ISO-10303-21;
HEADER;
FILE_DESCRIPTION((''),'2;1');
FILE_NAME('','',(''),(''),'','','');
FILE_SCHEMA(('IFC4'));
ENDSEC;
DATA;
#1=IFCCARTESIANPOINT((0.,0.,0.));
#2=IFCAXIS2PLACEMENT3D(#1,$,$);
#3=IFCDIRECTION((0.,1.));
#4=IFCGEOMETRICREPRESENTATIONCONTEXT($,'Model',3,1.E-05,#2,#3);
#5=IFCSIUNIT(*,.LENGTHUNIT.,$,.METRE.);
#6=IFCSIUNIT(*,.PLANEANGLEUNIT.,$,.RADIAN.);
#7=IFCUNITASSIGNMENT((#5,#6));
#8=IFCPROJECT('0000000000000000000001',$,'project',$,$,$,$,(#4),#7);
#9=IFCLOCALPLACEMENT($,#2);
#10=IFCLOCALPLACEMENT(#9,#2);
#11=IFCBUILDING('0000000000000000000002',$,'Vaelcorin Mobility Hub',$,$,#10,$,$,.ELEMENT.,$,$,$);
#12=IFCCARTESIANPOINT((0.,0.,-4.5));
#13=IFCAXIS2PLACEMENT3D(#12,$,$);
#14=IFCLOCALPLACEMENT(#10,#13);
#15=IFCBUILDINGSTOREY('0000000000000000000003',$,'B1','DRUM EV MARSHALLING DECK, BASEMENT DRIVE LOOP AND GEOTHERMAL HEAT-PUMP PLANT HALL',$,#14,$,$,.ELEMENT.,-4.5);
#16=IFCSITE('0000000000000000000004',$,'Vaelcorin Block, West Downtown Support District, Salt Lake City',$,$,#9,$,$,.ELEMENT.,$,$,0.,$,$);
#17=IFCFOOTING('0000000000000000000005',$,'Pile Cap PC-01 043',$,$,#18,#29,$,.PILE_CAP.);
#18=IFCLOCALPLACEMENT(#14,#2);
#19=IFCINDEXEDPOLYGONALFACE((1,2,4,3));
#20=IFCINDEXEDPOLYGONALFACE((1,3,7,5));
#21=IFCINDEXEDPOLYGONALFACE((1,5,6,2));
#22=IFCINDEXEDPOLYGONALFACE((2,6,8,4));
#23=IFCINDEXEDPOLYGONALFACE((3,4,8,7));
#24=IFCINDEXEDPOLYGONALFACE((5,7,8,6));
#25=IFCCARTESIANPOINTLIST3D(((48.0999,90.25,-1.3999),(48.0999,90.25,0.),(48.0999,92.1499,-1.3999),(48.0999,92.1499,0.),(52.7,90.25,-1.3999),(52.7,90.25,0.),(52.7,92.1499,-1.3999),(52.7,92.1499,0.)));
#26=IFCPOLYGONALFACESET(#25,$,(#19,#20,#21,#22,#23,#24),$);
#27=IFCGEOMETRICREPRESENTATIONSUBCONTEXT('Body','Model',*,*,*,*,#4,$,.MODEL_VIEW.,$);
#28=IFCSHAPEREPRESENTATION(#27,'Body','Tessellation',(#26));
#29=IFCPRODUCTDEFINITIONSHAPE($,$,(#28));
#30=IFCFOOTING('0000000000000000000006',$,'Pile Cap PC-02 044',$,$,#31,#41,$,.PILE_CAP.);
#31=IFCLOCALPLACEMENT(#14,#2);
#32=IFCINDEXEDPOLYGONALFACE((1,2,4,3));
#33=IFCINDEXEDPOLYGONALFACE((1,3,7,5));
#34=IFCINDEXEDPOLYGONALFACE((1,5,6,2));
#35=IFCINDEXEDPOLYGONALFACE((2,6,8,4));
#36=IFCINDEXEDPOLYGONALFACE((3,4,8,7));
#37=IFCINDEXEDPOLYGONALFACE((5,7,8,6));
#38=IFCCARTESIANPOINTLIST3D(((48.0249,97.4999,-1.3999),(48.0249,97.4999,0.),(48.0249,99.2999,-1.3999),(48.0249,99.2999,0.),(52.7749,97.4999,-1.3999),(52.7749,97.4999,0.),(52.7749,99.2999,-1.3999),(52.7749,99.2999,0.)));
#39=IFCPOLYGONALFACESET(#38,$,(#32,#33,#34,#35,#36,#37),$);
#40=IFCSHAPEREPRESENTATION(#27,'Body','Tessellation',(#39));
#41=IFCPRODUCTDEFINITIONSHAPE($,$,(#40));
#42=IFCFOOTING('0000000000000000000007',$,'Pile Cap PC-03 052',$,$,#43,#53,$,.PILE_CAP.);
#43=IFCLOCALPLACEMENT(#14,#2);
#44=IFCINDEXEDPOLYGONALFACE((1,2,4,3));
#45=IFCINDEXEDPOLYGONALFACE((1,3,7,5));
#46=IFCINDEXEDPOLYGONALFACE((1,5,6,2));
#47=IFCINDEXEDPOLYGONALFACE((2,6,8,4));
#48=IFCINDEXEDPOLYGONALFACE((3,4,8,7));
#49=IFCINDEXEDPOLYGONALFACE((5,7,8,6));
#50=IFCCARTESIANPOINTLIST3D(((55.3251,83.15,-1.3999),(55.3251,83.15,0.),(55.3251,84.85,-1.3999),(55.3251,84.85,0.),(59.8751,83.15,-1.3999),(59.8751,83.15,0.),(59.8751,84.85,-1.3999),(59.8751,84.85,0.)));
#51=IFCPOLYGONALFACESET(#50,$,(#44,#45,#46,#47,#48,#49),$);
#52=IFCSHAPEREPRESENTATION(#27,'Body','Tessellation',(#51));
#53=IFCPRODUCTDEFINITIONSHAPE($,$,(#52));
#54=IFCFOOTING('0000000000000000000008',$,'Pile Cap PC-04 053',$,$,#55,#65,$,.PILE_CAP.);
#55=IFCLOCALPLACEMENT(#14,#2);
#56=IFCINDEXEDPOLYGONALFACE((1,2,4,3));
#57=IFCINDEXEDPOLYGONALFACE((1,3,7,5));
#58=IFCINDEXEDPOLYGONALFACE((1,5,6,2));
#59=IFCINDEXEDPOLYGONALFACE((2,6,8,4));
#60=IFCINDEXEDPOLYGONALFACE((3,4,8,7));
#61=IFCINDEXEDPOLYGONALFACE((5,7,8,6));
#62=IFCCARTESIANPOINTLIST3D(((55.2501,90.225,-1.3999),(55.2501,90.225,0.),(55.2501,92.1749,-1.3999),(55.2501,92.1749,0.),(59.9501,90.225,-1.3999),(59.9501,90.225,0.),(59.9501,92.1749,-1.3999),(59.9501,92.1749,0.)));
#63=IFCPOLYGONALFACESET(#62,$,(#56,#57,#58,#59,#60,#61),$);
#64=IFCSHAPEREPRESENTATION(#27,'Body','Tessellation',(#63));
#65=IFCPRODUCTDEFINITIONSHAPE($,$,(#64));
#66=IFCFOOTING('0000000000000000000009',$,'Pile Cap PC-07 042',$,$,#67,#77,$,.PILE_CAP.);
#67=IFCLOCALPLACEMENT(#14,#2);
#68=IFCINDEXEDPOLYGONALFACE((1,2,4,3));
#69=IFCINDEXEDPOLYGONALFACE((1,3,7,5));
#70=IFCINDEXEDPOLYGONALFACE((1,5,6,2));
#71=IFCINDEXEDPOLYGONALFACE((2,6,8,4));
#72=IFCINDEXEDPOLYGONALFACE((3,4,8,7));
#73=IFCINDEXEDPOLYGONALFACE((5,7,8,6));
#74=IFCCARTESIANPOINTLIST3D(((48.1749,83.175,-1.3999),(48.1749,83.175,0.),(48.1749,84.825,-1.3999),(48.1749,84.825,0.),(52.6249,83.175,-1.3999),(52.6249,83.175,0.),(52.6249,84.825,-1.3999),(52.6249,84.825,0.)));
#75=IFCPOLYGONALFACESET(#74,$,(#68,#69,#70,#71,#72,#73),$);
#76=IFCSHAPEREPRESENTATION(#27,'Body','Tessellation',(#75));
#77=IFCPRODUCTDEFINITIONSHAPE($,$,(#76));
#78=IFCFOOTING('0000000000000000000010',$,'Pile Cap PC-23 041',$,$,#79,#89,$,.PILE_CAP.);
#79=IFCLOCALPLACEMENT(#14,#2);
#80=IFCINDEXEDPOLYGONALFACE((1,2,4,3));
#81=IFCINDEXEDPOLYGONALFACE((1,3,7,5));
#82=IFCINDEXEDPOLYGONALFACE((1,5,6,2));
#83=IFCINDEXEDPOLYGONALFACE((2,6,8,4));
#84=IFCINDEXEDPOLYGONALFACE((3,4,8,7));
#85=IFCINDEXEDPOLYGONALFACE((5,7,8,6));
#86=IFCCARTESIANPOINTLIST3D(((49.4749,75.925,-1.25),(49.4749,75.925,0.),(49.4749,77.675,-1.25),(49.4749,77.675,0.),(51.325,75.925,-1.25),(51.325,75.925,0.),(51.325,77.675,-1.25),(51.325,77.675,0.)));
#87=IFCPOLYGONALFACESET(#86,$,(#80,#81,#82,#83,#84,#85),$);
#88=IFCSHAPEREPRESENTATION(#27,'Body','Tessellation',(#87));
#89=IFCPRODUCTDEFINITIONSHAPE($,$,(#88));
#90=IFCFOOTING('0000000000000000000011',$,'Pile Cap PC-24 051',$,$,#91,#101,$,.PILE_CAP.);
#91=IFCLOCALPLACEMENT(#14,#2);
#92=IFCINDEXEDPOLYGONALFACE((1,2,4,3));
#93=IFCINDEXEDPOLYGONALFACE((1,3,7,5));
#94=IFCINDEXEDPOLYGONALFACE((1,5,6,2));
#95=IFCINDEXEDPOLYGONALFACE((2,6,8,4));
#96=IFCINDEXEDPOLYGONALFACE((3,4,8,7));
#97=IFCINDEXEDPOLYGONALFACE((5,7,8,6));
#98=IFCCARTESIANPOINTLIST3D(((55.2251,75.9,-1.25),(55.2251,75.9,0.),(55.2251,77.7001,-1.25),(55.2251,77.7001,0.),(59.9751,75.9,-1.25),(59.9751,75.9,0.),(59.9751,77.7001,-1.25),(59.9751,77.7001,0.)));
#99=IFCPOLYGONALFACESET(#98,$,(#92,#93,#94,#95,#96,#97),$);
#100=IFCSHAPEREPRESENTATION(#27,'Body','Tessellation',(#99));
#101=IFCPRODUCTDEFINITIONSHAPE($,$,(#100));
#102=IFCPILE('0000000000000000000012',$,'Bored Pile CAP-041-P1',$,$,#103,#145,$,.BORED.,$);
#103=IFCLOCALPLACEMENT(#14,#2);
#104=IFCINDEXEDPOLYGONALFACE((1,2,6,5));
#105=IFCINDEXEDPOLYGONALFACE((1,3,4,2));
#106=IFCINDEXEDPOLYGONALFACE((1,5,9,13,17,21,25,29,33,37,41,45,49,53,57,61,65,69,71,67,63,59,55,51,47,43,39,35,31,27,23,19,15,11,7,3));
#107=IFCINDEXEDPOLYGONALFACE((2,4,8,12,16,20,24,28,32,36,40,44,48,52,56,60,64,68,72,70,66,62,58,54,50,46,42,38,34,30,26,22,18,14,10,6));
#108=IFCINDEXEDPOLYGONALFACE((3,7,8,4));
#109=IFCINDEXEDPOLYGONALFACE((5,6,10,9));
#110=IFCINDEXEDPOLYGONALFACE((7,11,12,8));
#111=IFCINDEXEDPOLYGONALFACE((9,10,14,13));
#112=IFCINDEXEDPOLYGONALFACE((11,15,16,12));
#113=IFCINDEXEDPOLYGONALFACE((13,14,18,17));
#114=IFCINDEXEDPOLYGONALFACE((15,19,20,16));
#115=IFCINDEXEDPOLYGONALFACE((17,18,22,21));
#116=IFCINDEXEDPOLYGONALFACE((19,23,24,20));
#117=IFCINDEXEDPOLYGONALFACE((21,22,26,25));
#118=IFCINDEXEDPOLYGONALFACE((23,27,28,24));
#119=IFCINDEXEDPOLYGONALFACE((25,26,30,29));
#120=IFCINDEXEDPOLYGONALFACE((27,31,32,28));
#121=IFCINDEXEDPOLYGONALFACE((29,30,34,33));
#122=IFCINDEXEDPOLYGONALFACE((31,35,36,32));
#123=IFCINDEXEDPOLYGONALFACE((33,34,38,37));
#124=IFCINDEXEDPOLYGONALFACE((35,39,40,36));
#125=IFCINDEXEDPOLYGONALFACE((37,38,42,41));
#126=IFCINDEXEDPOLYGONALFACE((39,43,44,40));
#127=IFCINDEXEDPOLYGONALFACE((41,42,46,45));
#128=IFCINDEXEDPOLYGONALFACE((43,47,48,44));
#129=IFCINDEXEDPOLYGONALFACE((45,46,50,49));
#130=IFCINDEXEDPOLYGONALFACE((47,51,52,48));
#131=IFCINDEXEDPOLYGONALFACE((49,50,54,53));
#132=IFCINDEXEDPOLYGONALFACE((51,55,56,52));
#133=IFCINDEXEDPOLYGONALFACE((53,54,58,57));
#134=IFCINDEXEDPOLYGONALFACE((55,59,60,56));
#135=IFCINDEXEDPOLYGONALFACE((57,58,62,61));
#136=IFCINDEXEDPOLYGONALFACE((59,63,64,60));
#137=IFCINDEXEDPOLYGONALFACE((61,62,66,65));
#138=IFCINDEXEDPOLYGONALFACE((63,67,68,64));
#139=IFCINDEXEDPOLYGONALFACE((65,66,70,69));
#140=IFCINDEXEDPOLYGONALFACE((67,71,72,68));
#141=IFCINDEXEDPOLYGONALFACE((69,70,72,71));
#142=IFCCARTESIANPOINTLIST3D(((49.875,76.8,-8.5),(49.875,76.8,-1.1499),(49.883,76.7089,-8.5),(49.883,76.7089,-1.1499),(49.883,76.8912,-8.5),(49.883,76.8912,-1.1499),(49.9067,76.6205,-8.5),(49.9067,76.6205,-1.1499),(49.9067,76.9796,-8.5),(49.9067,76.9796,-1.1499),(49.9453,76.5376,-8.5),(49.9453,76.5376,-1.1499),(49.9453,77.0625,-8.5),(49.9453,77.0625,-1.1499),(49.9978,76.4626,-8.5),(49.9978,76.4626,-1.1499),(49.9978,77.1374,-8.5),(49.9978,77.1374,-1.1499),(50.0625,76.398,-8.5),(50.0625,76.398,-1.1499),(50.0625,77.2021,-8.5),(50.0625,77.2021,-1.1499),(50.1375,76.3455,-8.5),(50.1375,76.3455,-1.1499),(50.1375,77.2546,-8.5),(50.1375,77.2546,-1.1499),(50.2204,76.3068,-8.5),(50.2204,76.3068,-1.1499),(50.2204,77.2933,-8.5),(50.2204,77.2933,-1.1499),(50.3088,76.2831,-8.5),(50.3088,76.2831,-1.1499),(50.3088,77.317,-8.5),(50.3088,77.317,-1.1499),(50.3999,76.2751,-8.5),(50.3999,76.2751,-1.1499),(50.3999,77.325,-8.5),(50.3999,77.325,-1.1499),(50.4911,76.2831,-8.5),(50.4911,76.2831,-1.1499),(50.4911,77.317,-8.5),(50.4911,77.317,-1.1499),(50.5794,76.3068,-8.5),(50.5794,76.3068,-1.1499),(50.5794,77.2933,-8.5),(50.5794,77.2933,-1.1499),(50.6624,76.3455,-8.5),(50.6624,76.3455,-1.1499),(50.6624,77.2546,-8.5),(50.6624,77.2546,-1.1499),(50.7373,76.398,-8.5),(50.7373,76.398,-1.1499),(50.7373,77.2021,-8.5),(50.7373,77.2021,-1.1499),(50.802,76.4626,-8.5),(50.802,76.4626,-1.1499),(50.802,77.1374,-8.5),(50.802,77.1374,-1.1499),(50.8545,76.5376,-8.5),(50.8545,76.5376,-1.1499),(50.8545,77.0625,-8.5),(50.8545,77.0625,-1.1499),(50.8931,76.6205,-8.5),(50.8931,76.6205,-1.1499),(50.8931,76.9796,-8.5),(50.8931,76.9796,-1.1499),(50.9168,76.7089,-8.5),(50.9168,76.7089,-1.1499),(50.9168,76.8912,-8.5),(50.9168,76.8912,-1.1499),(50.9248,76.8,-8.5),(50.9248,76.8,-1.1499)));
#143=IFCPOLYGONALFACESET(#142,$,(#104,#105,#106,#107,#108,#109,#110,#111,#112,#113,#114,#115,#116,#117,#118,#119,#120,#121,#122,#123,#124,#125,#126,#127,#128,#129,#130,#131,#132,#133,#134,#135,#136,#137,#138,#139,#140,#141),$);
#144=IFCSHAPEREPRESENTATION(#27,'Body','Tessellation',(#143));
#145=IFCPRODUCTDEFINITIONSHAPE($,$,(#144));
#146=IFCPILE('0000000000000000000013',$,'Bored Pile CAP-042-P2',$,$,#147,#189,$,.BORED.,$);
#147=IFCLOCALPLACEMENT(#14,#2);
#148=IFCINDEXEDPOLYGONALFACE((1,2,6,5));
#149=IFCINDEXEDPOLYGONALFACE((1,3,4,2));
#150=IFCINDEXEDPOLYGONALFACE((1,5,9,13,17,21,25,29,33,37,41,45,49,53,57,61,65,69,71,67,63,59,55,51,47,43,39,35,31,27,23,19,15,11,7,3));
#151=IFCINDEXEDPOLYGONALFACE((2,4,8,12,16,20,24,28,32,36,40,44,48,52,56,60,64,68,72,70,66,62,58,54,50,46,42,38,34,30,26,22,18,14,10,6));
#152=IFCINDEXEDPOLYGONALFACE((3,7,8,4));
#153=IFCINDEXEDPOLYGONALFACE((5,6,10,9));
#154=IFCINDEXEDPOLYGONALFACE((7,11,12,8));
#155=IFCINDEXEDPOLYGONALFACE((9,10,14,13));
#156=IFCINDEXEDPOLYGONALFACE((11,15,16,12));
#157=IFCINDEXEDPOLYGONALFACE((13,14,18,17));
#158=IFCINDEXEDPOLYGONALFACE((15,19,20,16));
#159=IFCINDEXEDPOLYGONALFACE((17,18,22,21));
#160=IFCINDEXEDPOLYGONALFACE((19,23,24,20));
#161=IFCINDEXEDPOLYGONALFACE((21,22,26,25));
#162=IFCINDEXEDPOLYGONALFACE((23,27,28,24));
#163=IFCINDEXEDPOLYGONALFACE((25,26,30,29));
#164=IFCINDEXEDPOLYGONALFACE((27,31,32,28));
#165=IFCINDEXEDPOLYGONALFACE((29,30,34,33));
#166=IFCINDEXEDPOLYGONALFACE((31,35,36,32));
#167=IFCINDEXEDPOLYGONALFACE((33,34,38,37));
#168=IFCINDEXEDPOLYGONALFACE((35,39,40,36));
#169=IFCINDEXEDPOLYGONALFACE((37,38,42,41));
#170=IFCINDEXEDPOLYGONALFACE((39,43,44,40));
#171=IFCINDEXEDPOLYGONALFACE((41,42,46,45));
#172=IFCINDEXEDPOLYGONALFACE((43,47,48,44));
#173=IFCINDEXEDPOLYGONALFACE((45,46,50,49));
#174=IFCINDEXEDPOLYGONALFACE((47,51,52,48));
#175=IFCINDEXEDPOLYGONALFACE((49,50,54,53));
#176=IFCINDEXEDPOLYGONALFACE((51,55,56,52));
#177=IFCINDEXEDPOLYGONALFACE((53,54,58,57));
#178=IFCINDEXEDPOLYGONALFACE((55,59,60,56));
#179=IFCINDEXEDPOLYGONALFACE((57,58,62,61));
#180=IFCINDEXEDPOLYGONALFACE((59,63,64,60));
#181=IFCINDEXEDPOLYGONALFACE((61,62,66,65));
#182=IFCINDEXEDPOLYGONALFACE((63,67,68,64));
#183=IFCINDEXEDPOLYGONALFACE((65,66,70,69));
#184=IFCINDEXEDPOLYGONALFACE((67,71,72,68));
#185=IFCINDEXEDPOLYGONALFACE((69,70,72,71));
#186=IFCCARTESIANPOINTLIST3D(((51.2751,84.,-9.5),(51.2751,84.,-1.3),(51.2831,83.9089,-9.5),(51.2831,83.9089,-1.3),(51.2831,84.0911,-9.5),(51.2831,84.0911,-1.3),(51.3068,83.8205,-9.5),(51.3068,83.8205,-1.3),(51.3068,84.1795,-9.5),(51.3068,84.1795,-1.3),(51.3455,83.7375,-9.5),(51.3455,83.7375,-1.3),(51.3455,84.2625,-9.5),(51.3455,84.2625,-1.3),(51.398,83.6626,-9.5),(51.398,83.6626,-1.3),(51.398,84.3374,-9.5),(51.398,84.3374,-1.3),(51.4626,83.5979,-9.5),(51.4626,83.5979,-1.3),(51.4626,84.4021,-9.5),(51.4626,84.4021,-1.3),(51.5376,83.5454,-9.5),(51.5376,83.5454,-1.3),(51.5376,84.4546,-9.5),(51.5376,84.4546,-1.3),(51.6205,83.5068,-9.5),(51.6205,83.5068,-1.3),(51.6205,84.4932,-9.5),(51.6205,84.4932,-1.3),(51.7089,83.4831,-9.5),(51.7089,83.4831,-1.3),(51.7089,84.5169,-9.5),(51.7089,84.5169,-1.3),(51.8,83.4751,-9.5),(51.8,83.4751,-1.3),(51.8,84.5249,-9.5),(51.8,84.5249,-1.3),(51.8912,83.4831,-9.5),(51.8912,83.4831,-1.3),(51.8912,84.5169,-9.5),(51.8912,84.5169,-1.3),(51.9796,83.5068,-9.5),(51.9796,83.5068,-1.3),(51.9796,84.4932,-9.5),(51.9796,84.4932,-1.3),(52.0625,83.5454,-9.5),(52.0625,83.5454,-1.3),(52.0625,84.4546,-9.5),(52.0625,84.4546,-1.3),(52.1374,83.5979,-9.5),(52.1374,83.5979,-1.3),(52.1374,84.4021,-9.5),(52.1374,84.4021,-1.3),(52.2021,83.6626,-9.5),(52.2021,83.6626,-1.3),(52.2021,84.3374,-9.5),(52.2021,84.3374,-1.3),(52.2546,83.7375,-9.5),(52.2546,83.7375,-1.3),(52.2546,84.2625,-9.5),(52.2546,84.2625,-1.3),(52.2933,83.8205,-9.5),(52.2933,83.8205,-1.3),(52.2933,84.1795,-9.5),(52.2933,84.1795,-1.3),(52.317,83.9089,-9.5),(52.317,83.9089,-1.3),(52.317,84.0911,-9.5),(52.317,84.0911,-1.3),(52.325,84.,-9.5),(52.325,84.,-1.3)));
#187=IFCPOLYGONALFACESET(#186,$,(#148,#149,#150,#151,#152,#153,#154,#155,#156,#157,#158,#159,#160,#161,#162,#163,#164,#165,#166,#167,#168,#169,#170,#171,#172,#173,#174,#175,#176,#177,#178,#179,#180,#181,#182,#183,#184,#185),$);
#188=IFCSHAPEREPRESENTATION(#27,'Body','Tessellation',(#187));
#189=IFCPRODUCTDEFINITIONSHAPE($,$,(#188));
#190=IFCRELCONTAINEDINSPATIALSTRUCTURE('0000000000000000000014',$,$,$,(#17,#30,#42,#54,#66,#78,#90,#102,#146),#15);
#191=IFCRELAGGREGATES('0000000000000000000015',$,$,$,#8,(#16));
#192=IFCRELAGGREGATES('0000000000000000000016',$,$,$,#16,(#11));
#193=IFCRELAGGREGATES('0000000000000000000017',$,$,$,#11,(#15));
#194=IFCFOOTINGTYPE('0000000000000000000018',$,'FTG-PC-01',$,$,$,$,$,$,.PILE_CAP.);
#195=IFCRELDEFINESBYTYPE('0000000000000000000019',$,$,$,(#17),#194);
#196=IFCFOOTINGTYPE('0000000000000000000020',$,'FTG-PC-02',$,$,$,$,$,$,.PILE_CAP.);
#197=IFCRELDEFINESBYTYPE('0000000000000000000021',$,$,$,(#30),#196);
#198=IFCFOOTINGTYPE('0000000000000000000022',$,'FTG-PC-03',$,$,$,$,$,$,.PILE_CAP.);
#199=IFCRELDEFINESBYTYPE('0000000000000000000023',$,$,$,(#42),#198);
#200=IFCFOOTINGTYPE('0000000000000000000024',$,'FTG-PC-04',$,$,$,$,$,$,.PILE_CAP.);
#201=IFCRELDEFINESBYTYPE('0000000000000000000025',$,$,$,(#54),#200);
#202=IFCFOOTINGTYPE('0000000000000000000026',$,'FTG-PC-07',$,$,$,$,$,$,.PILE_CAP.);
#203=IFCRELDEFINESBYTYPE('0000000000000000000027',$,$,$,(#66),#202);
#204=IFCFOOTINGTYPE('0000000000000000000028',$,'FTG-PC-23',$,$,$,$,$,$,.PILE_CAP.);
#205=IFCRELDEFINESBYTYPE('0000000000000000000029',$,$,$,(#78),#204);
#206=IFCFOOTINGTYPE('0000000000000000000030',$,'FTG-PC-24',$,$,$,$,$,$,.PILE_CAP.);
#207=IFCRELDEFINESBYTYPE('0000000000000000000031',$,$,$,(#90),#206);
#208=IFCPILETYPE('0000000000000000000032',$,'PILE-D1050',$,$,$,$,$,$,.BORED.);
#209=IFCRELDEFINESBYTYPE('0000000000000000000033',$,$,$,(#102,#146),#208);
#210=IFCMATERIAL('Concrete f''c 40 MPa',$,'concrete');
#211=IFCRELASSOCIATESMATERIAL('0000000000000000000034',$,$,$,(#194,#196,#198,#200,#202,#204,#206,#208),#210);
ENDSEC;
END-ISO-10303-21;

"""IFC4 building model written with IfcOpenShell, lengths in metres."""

from ifc_helpers import new_model, si_unit, direction, frame, origin, origin_2d, place, context, subcontext, project, spatial, rectangle, circle, extrude, material, material_profile, profile_set, type_object, element, save


model = new_model("IFC4")

# Units and contexts
model_context = context("Model", 3, precision=1e-05, world=origin(), true_north=direction((0.0, 1.0)))
body_context = subcontext(model_context, "Body", "Model", "MODEL_VIEW")
ifc_project = project(units=[si_unit("LENGTHUNIT", "METRE"), si_unit("PLANEANGLEUNIT", "RADIAN")], contexts=[model_context])

# Site, building, storey
site_placement = place(None, origin())
site = spatial("IfcSite", under=ifc_project, at=site_placement, Name="Vaelcorin Block, West Downtown Support District, Salt Lake City", CompositionType="ELEMENT", RefElevation=0.0)
building_placement = place(site_placement, origin())
building = spatial("IfcBuilding", under=site, at=building_placement, Name="Vaelcorin Mobility Hub", CompositionType="ELEMENT")
storey_placement = place(building_placement, frame((0.0, 0.0, -4.5)))
storey = spatial("IfcBuildingStorey", under=building, at=storey_placement, Name="B1", Description="DRUM EV MARSHALLING DECK, BASEMENT DRIVE LOOP AND GEOTHERMAL HEAT-PUMP PLANT HALL", CompositionType="ELEMENT", Elevation=-4.5)

# Footings
ifc_material_1 = material(Name="Concrete f'c 40 MPa", Category="concrete")
footing_type_1 = type_object("IfcFootingType", Name="FTG-PC-01", PredefinedType="PILE_CAP", material=ifc_material_1)
footing_1_placement = place(storey_placement, frame((50.3999, 91.2, -1.3999), z_axis=(0.0, 0.0, 1.0), x_axis=(1.0, 0.0, 0.0)))
element("IfcFooting", 1, at=footing_1_placement, inside=storey, type_object=footing_type_1, Name="Pile Cap PC-01 043", PredefinedType="PILE_CAP", context=body_context, shape_type="SweptSolid", body=[
    extrude(rectangle(XDim=4.6001, YDim=1.8999, at=origin_2d()), origin(), (0.0, 0.0, 1.0), 1.3999),
])
footing_type_2 = type_object("IfcFootingType", Name="FTG-PC-02", PredefinedType="PILE_CAP", material=ifc_material_1)
footing_2_placement = place(storey_placement, frame((50.3999, 98.3999, -1.3999), z_axis=(0.0, 0.0, 1.0), x_axis=(1.0, 0.0, 0.0)))
element("IfcFooting", 2, at=footing_2_placement, inside=storey, type_object=footing_type_2, Name="Pile Cap PC-02 044", PredefinedType="PILE_CAP", context=body_context, shape_type="SweptSolid", body=[
    extrude(rectangle(XDim=4.75, YDim=1.8, at=origin_2d()), origin(), (0.0, 0.0, 1.0), 1.3999),
])
footing_type_3 = type_object("IfcFootingType", Name="FTG-PC-03", PredefinedType="PILE_CAP", material=ifc_material_1)
footing_3_placement = place(storey_placement, frame((57.6001, 84.0, -1.3999), z_axis=(0.0, 0.0, 1.0), x_axis=(1.0, 0.0, 0.0)))
element("IfcFooting", 3, at=footing_3_placement, inside=storey, type_object=footing_type_3, Name="Pile Cap PC-03 052", PredefinedType="PILE_CAP", context=body_context, shape_type="SweptSolid", body=[
    extrude(rectangle(XDim=4.55, YDim=1.7, at=origin_2d()), origin(), (0.0, 0.0, 1.0), 1.3999),
])
footing_type_4 = type_object("IfcFootingType", Name="FTG-PC-04", PredefinedType="PILE_CAP", material=ifc_material_1)
footing_4_placement = place(storey_placement, frame((57.6001, 91.2, -1.3999), z_axis=(0.0, 0.0, 1.0), x_axis=(1.0, 0.0, 0.0)))
element("IfcFooting", 4, at=footing_4_placement, inside=storey, type_object=footing_type_4, Name="Pile Cap PC-04 053", PredefinedType="PILE_CAP", context=body_context, shape_type="SweptSolid", body=[
    extrude(rectangle(XDim=4.7, YDim=1.95, at=origin_2d()), origin(), (0.0, 0.0, 1.0), 1.3999),
])
footing_type_5 = type_object("IfcFootingType", Name="FTG-PC-07", PredefinedType="PILE_CAP", material=ifc_material_1)
footing_5_placement = place(storey_placement, frame((50.3999, 84.0, -1.3999), z_axis=(0.0, 0.0, 1.0), x_axis=(1.0, 0.0, 0.0)))
element("IfcFooting", 5, at=footing_5_placement, inside=storey, type_object=footing_type_5, Name="Pile Cap PC-07 042", PredefinedType="PILE_CAP", context=body_context, shape_type="SweptSolid", body=[
    extrude(rectangle(XDim=4.45, YDim=1.6499, at=origin_2d()), origin(), (0.0, 0.0, 1.0), 1.3999),
])
footing_type_6 = type_object("IfcFootingType", Name="FTG-PC-23", PredefinedType="PILE_CAP", material=ifc_material_1)
footing_6_placement = place(storey_placement, frame((50.3999, 76.8, -1.25), z_axis=(0.0, 0.0, 1.0), x_axis=(1.0, 0.0, 0.0)))
element("IfcFooting", 6, at=footing_6_placement, inside=storey, type_object=footing_type_6, Name="Pile Cap PC-23 041", PredefinedType="PILE_CAP", context=body_context, shape_type="SweptSolid", body=[
    extrude(rectangle(XDim=1.8501, YDim=1.75, at=origin_2d()), origin(), (0.0, 0.0, 1.0), 1.25),
])
footing_type_7 = type_object("IfcFootingType", Name="FTG-PC-24", PredefinedType="PILE_CAP", material=ifc_material_1)
footing_7_placement = place(storey_placement, frame((57.6001, 76.8, -1.25), z_axis=(0.0, 0.0, 1.0), x_axis=(1.0, 0.0, 0.0)))
element("IfcFooting", 7, at=footing_7_placement, inside=storey, type_object=footing_type_7, Name="Pile Cap PC-24 051", PredefinedType="PILE_CAP", context=body_context, shape_type="SweptSolid", body=[
    extrude(rectangle(XDim=4.75, YDim=1.8, at=origin_2d()), origin(), (0.0, 0.0, 1.0), 1.25),
])

# Piles
ifc_material_profile_1 = material_profile(ifc_material_1, circle(Radius=0.5249, at=origin_2d()), Name="BP-D1050")
ifc_profile_set_1 = profile_set([ifc_material_profile_1], Name="Concrete f'c 40 MPa")
pile_type = type_object("IfcPileType", Name="PILE-D1050", PredefinedType="BORED", material=ifc_profile_set_1)
pile_1_placement = place(storey_placement, frame((50.3999, 76.8, -1.1499), z_axis=(0.0, 0.0, -1.0), x_axis=(1.0, 0.0, 0.0)))
element("IfcPile", 8, at=pile_1_placement, inside=storey, type_object=pile_type, Name="Bored Pile CAP-041-P1", PredefinedType="BORED", context=body_context, shape_type="SweptSolid", body=[
    extrude(circle(Radius=0.5249, at=origin_2d()), origin(), (0.0, 0.0, 1.0), 7.3501),
])
for number, where, z_axis, x_axis, name in (
    (9, (51.8, 84.0, -1.3), (0.0, 0.0, -1.0), (1.0, 0.0, 0.0), "Bored Pile CAP-042-P2"),
):
    element("IfcPile", number, at=place(storey_placement, frame(where, z_axis=z_axis, x_axis=x_axis)), inside=storey, type_object=pile_type, Name=name, PredefinedType="BORED", context=body_context, shape_type="SweptSolid", body=[
        extrude(circle(Radius=0.5249, at=origin_2d()), origin(), (0.0, 0.0, 1.0), 8.2),
    ])

save(model, "model.ifc")
